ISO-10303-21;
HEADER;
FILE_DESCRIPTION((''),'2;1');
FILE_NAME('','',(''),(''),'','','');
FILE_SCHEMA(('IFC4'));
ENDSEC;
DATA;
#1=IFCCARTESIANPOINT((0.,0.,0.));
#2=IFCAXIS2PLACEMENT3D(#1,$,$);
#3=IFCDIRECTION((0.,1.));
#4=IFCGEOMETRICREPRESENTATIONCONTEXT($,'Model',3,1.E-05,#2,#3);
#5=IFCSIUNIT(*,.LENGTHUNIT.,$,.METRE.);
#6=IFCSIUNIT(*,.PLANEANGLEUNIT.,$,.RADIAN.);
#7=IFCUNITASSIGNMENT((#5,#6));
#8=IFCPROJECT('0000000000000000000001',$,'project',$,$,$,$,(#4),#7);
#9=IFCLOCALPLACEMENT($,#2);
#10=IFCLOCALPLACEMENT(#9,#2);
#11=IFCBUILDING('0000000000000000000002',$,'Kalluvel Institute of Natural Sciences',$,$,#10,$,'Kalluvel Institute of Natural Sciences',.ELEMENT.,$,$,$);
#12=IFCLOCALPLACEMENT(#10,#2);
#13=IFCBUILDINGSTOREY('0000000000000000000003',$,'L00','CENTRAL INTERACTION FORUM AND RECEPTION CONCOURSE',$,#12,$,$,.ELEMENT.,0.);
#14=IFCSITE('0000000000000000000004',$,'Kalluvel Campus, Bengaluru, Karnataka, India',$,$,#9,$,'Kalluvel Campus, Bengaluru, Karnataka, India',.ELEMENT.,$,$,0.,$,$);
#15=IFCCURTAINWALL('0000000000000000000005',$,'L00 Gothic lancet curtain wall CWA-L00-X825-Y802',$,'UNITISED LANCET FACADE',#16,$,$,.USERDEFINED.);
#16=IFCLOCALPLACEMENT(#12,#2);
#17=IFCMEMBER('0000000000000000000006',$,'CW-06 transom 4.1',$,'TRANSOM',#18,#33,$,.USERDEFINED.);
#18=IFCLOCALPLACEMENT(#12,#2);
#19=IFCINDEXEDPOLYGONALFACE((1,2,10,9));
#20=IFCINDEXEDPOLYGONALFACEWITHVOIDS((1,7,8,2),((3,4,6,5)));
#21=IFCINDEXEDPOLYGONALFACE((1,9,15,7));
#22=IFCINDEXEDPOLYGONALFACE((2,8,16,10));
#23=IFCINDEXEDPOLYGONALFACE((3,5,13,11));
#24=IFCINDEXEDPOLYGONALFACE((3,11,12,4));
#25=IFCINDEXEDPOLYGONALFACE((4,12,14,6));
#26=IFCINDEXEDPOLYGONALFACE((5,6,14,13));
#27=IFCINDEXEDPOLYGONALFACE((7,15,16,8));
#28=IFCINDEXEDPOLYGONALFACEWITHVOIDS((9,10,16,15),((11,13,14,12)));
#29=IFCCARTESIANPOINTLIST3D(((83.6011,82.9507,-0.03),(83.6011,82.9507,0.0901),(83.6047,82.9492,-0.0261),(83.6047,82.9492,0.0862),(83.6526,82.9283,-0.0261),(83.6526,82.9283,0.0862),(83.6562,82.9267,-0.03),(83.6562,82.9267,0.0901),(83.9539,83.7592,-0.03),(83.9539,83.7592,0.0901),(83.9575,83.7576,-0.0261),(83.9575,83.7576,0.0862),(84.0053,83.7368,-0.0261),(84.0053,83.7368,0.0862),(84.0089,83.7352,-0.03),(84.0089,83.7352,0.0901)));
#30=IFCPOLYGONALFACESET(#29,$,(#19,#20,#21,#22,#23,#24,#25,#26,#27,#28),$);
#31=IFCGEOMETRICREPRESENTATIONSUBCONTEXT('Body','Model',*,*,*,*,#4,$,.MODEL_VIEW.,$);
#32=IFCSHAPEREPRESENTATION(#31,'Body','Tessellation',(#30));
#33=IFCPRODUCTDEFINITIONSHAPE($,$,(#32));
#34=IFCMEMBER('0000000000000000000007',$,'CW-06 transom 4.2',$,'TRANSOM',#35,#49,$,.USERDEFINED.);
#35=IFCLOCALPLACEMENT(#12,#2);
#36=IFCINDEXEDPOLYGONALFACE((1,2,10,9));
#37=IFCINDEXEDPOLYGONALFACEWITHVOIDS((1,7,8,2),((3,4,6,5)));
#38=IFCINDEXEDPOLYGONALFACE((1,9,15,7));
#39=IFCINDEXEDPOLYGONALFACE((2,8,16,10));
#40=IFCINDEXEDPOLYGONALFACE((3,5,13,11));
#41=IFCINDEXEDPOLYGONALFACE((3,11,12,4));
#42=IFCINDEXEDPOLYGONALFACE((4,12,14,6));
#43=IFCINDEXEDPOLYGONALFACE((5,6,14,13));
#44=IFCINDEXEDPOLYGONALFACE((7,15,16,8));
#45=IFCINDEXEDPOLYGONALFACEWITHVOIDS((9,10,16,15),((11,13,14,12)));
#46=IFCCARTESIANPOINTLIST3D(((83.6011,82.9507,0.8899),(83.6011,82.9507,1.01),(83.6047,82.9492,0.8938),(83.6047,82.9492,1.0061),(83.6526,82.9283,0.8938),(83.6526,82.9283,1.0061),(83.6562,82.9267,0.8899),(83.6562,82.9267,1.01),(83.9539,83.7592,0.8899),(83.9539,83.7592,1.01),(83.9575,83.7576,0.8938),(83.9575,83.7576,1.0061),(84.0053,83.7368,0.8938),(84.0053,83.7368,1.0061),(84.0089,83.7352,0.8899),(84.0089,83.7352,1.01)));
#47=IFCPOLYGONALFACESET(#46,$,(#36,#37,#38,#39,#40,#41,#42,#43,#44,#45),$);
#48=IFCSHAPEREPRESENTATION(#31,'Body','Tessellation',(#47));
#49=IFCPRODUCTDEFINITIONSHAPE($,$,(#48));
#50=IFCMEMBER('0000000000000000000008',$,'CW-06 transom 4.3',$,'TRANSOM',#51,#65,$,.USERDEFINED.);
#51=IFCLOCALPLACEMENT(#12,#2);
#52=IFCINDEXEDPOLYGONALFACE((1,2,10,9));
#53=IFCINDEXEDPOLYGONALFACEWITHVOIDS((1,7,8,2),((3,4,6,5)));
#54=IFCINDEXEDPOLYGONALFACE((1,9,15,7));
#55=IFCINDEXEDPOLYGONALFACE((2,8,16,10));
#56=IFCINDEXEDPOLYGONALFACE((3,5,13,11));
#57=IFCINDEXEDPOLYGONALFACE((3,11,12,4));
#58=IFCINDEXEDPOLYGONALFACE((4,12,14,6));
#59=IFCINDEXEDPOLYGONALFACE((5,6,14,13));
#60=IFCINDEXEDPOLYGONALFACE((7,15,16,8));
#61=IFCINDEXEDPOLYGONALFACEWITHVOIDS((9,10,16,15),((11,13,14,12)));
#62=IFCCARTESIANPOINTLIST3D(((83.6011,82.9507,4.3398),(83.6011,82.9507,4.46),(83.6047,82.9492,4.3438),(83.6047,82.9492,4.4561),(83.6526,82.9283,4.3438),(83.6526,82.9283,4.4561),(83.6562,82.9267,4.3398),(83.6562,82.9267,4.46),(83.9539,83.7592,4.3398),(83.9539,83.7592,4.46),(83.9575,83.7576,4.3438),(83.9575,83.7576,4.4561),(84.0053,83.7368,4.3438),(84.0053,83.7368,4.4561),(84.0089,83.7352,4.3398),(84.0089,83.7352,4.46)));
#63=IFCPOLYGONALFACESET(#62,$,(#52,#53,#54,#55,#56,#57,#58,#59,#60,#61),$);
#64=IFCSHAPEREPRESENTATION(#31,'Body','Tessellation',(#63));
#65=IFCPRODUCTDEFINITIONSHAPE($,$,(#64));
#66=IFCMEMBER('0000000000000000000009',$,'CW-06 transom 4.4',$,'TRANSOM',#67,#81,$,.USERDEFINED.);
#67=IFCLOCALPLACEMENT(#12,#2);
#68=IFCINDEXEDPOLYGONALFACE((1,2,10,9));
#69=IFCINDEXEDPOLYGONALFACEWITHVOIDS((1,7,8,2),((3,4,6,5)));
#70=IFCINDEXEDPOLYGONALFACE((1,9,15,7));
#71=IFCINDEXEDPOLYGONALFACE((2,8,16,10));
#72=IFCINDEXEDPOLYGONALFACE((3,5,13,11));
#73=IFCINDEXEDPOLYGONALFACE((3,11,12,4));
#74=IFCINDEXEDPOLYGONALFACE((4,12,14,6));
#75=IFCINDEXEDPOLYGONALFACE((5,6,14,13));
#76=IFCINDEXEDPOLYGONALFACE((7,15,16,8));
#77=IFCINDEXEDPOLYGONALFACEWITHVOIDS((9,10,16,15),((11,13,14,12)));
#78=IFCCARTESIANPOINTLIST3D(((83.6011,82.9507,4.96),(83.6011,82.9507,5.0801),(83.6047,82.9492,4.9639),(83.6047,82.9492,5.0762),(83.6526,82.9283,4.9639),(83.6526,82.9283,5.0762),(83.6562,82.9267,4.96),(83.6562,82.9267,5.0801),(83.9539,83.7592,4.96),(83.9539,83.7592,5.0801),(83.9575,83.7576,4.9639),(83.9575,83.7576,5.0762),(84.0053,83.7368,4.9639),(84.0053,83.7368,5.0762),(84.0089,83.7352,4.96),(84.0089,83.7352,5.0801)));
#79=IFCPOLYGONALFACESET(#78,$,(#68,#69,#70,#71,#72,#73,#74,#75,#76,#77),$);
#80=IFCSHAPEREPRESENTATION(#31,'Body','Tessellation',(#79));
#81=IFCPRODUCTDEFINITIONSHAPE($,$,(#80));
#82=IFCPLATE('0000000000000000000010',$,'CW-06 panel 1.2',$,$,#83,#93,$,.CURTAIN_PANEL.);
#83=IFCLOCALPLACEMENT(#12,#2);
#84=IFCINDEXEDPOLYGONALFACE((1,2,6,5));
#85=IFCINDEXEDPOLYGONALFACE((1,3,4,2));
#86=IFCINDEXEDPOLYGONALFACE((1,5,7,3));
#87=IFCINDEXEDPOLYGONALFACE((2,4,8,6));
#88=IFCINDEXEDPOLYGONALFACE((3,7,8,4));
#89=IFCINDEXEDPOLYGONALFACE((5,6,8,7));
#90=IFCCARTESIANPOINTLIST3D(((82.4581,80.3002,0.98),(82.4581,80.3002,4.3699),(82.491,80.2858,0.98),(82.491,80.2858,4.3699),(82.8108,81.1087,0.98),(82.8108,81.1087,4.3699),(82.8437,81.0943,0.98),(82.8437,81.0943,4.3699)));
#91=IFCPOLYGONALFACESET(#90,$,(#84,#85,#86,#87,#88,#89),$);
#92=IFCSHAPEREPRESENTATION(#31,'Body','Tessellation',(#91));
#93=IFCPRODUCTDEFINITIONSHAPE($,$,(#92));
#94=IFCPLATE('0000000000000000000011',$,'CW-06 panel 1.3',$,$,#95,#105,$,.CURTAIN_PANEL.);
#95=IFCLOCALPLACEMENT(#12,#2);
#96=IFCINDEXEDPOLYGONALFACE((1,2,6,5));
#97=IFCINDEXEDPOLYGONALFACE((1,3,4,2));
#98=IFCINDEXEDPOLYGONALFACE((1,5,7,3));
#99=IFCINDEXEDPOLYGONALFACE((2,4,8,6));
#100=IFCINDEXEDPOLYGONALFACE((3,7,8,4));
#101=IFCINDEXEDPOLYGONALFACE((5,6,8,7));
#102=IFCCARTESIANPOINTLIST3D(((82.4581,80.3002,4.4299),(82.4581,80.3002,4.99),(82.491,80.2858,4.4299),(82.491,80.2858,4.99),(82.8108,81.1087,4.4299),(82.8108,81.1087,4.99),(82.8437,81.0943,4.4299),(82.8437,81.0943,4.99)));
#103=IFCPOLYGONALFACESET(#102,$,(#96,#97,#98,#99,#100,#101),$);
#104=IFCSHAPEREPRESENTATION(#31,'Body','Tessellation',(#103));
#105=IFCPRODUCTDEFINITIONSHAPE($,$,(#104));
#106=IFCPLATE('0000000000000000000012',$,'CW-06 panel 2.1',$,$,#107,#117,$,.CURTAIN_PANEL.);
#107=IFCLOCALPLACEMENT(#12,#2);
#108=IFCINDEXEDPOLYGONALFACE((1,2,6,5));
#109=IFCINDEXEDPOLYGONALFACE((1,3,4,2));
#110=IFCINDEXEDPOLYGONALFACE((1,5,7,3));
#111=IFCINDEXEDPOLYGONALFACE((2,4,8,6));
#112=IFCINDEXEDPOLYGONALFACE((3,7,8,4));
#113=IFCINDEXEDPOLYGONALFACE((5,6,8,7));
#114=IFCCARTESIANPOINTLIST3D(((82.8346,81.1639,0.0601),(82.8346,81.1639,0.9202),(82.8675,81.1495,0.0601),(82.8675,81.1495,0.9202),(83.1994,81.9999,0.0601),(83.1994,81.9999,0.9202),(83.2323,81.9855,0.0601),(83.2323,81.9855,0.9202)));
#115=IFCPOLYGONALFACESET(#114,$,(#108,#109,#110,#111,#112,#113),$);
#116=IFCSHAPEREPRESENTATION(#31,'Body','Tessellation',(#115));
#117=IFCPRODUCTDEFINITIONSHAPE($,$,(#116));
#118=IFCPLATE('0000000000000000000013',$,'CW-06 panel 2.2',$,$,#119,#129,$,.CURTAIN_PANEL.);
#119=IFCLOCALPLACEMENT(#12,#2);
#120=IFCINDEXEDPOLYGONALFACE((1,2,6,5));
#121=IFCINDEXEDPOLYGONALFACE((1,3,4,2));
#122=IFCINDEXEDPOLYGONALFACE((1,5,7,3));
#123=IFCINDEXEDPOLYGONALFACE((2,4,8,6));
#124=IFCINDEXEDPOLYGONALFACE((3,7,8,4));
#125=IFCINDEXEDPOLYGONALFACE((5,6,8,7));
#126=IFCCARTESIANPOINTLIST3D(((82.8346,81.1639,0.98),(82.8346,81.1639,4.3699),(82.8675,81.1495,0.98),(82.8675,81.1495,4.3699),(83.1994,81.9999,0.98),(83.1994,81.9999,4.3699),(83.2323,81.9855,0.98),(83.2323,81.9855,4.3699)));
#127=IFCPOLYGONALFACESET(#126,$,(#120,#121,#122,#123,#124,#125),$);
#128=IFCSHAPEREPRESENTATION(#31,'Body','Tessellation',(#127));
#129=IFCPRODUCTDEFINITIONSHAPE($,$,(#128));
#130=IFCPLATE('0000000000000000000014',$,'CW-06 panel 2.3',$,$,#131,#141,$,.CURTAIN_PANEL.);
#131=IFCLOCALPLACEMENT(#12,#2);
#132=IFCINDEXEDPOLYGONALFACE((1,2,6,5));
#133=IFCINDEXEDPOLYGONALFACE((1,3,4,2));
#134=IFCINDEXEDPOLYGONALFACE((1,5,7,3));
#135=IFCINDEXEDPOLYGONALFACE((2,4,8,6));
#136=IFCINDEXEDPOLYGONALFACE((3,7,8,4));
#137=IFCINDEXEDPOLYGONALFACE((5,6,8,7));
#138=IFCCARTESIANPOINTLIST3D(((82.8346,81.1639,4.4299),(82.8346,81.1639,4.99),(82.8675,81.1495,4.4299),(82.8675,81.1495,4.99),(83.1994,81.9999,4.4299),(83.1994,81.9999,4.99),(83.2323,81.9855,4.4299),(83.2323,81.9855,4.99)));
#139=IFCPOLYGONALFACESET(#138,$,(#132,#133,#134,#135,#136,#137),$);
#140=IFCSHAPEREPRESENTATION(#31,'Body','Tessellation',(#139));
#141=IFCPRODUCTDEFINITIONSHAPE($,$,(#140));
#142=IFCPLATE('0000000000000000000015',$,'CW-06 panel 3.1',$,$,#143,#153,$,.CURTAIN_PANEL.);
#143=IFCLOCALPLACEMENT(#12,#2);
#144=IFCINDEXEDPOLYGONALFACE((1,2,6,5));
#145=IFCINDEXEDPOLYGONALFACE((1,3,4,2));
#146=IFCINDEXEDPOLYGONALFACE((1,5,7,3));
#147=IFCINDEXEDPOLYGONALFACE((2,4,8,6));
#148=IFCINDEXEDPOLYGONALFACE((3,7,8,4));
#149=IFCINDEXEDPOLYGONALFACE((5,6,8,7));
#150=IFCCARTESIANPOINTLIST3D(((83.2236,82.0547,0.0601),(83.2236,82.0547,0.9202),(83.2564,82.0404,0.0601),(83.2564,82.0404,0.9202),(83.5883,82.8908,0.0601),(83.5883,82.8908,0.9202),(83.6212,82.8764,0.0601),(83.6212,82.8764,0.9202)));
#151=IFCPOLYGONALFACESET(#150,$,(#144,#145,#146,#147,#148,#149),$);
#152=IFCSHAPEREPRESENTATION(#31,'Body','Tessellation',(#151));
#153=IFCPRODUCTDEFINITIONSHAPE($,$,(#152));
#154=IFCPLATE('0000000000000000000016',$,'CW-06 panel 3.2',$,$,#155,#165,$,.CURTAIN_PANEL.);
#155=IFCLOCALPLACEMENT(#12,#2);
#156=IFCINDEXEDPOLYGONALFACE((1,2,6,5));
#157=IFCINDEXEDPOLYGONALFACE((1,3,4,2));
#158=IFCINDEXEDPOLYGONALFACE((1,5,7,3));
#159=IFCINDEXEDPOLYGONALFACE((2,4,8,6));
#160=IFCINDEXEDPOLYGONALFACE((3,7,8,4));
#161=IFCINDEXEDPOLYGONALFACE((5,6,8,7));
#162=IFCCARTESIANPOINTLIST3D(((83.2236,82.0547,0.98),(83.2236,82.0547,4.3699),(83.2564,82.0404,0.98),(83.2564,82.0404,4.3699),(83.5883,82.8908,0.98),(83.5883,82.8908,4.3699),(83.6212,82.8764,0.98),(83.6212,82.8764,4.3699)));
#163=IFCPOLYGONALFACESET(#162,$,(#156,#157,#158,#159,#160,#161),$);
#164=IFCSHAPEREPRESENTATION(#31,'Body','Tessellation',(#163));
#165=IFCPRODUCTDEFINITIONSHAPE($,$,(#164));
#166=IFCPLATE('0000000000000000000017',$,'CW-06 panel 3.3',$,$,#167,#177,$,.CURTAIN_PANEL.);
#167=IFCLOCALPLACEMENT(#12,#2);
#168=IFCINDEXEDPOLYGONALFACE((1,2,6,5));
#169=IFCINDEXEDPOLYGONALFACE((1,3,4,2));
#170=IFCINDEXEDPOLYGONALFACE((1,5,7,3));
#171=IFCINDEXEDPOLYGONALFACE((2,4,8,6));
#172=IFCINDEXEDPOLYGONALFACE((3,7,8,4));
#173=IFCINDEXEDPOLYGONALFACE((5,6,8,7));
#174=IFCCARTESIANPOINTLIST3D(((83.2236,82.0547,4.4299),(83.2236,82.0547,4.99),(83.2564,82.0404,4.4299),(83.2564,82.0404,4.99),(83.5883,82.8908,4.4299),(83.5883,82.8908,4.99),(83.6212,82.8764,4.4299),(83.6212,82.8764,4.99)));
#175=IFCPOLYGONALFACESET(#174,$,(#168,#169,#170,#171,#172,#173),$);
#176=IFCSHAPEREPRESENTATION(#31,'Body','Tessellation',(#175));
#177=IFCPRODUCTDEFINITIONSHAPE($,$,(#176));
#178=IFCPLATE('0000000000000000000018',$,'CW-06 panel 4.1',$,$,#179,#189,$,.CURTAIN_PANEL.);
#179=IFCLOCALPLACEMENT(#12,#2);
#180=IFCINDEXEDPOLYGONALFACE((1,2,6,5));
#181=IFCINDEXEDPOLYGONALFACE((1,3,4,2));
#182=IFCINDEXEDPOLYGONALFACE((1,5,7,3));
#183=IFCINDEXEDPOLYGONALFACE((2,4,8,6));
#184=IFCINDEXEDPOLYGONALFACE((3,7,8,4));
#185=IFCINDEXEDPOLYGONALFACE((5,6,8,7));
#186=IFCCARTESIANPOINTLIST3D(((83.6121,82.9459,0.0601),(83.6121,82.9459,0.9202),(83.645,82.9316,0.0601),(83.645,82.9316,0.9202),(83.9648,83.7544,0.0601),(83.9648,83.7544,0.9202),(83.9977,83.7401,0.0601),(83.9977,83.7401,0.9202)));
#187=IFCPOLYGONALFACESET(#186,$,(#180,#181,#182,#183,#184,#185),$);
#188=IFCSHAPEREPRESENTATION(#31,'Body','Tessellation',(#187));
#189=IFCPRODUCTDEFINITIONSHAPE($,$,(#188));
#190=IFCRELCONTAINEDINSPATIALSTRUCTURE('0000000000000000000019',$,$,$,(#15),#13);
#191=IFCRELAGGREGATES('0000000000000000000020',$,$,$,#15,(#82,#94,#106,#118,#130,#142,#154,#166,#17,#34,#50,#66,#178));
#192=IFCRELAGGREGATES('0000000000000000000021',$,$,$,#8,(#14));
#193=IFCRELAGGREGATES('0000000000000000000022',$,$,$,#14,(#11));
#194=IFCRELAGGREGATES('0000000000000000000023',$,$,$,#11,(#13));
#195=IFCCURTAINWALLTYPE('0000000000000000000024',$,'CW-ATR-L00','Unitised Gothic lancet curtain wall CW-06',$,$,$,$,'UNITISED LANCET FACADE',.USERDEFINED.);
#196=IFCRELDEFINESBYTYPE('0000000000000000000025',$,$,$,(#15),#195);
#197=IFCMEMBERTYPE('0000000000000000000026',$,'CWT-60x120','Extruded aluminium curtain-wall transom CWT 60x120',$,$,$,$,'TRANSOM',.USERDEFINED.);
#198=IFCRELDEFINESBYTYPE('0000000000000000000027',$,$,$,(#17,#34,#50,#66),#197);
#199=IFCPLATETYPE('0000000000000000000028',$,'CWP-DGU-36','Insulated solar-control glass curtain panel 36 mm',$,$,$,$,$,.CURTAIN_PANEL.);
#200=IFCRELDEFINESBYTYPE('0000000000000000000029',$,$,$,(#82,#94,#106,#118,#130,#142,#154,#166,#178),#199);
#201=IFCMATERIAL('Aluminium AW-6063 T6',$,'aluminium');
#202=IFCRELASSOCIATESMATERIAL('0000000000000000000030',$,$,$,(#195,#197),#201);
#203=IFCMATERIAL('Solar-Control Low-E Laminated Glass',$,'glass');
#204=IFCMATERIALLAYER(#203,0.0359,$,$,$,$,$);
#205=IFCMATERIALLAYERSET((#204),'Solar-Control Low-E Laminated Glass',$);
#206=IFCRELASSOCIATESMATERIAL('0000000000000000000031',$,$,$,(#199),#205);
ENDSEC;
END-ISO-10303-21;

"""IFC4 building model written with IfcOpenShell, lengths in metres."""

from ifc_helpers import new_model, si_unit, direction, frame, origin, origin_2d, place, context, subcontext, project, spatial, rectangle, hollow_rectangle, extrude, material, layer, layer_set, material_profile, profile_set, type_object, element, aggregate, save


model = new_model("IFC4")

# Units and contexts
model_context = context("Model", 3, precision=1e-05, world=origin(), true_north=direction((0.0, 1.0)))
body_context = subcontext(model_context, "Body", "Model", "MODEL_VIEW")
ifc_project = project(units=[si_unit("LENGTHUNIT", "METRE"), si_unit("PLANEANGLEUNIT", "RADIAN")], contexts=[model_context])

# Site, building, storey
site_placement = place(None, origin())
site = spatial("IfcSite", under=ifc_project, at=site_placement, Name="Kalluvel Campus, Bengaluru, Karnataka, India", LongName="Kalluvel Campus, Bengaluru, Karnataka, India", CompositionType="ELEMENT", RefElevation=0.0)
building_placement = place(site_placement, origin())
building = spatial("IfcBuilding", under=site, at=building_placement, Name="Kalluvel Institute of Natural Sciences", LongName="Kalluvel Institute of Natural Sciences", CompositionType="ELEMENT")
storey_placement = place(building_placement, origin())
storey = spatial("IfcBuildingStorey", under=building, at=storey_placement, Name="L00", Description="CENTRAL INTERACTION FORUM AND RECEPTION CONCOURSE", CompositionType="ELEMENT", Elevation=0.0)

# Curtain wall, members, plates
ifc_material_1 = material(Name="Aluminium AW-6063 T6", Category="aluminium")
curtain_wall_type = type_object("IfcCurtainWallType", Name="CW-ATR-L00", Description="Unitised Gothic lancet curtain wall CW-06", ElementType="UNITISED LANCET FACADE", PredefinedType="USERDEFINED", material=ifc_material_1)
curtain_wall_placement = place(storey_placement, origin())
curtain_wall = element("IfcCurtainWall", 1, at=curtain_wall_placement, inside=storey, type_object=curtain_wall_type, Name="L00 Gothic lancet curtain wall CWA-L00-X825-Y802", ObjectType="UNITISED LANCET FACADE", PredefinedType="USERDEFINED")
ifc_material_profile_1 = material_profile(ifc_material_1, hollow_rectangle(XDim=0.0601, YDim=0.1201, WallThickness=0.0039, at=origin_2d()), Name="CWT 60x120")
ifc_profile_set_1 = profile_set([ifc_material_profile_1], Name="Aluminium AW-6063 T6")
member_type_1 = type_object("IfcMemberType", Name="CWT-60x120", Description="Extruded aluminium curtain-wall transom CWT 60x120", ElementType="TRANSOM", PredefinedType="USERDEFINED", material=ifc_profile_set_1)
member_1_placement = place(storey_placement, frame((83.6287, 82.9387, 0.03), z_axis=(0.39989, 0.916563, 0.0), x_axis=(-0.916563, 0.39989, 0.0)))
member_1 = element("IfcMember", 2, at=member_1_placement, type_object=member_type_1, Name="CW-06 transom 4.1", ObjectType="TRANSOM", PredefinedType="USERDEFINED", context=body_context, shape_type="SweptSolid", body=[
    extrude(hollow_rectangle(XDim=0.0601, YDim=0.1201, WallThickness=0.0039, at=origin_2d()), origin(), (0.0, 0.0, 1.0), 0.8821),
])
member_2_placement = place(storey_placement, frame((83.6287, 82.9387, 0.95), z_axis=(0.39989, 0.916563, 0.0), x_axis=(-0.916563, 0.39989, 0.0)))
member_2 = element("IfcMember", 3, at=member_2_placement, type_object=member_type_1, Name="CW-06 transom 4.2", ObjectType="TRANSOM", PredefinedType="USERDEFINED", context=body_context, shape_type="SweptSolid", body=[
    extrude(hollow_rectangle(XDim=0.0601, YDim=0.1201, WallThickness=0.0039, at=origin_2d()), origin(), (0.0, 0.0, 1.0), 0.8821),
])
member_3_placement = place(storey_placement, frame((83.6287, 82.9387, 4.3999), z_axis=(0.39989, 0.916563, 0.0), x_axis=(-0.916563, 0.39989, 0.0)))
member_3 = element("IfcMember", 4, at=member_3_placement, type_object=member_type_1, Name="CW-06 transom 4.3", ObjectType="TRANSOM", PredefinedType="USERDEFINED", context=body_context, shape_type="SweptSolid", body=[
    extrude(hollow_rectangle(XDim=0.0601, YDim=0.1201, WallThickness=0.0039, at=origin_2d()), origin(), (0.0, 0.0, 1.0), 0.8821),
])
member_4_placement = place(storey_placement, frame((83.6287, 82.9387, 5.02), z_axis=(0.39989, 0.916563, 0.0), x_axis=(-0.916563, 0.39989, 0.0)))
member_4 = element("IfcMember", 5, at=member_4_placement, type_object=member_type_1, Name="CW-06 transom 4.4", ObjectType="TRANSOM", PredefinedType="USERDEFINED", context=body_context, shape_type="SweptSolid", body=[
    extrude(hollow_rectangle(XDim=0.0601, YDim=0.1201, WallThickness=0.0039, at=origin_2d()), origin(), (0.0, 0.0, 1.0), 0.8821),
])
ifc_material_2 = material(Name="Solar-Control Low-E Laminated Glass", Category="glass")
ifc_layer = layer(ifc_material_2, 0.0359)
ifc_layer_set = layer_set([ifc_layer], Name="Solar-Control Low-E Laminated Glass")
plate_type = type_object("IfcPlateType", Name="CWP-DGU-36", Description="Insulated solar-control glass curtain panel 36 mm", PredefinedType="CURTAIN_PANEL", material=ifc_layer_set)
plate_1_placement = place(storey_placement, frame((82.6509, 80.6973, 0.98), z_axis=(0.0, 0.0, 1.0), x_axis=(0.399873, 0.916571, 0.0)))
plate_1 = element("IfcPlate", 6, at=plate_1_placement, type_object=plate_type, Name="CW-06 panel 1.2", PredefinedType="CURTAIN_PANEL", context=body_context, shape_type="SweptSolid", body=[
    extrude(rectangle(XDim=0.8821, YDim=0.0359, at=origin_2d()), origin(), (0.0, 0.0, 1.0), 3.3899),
])
plate_2_placement = place(storey_placement, frame((82.6509, 80.6973, 4.4299), z_axis=(0.0, 0.0, 1.0), x_axis=(0.399873, 0.916571, 0.0)))
plate_2 = element("IfcPlate", 7, at=plate_2_placement, type_object=plate_type, Name="CW-06 panel 1.3", PredefinedType="CURTAIN_PANEL", context=body_context, shape_type="SweptSolid", body=[
    extrude(rectangle(XDim=0.8821, YDim=0.0359, at=origin_2d()), origin(), (0.0, 0.0, 1.0), 0.5601),
])
plate_3_placement = place(storey_placement, frame((83.0334, 81.5747, 0.0601), z_axis=(0.0, 0.0, 1.0), x_axis=(0.399873, 0.916571, 0.0)))
plate_3 = element("IfcPlate", 8, at=plate_3_placement, type_object=plate_type, Name="CW-06 panel 2.1", PredefinedType="CURTAIN_PANEL", context=body_context, shape_type="SweptSolid", body=[
    extrude(rectangle(XDim=0.9121, YDim=0.0359, at=origin_2d()), origin(), (0.0, 0.0, 1.0), 0.8601),
])
plate_4_placement = place(storey_placement, frame((83.0334, 81.5747, 0.98), z_axis=(0.0, 0.0, 1.0), x_axis=(0.399873, 0.916571, 0.0)))
plate_4 = element("IfcPlate", 9, at=plate_4_placement, type_object=plate_type, Name="CW-06 panel 2.2", PredefinedType="CURTAIN_PANEL", context=body_context, shape_type="SweptSolid", body=[
    extrude(rectangle(XDim=0.9121, YDim=0.0359, at=origin_2d()), origin(), (0.0, 0.0, 1.0), 3.3899),
])
plate_5_placement = place(storey_placement, frame((83.0334, 81.5747, 4.4299), z_axis=(0.0, 0.0, 1.0), x_axis=(0.399873, 0.916571, 0.0)))
plate_5 = element("IfcPlate", 10, at=plate_5_placement, type_object=plate_type, Name="CW-06 panel 2.3", PredefinedType="CURTAIN_PANEL", context=body_context, shape_type="SweptSolid", body=[
    extrude(rectangle(XDim=0.9121, YDim=0.0359, at=origin_2d()), origin(), (0.0, 0.0, 1.0), 0.5601),
])
plate_6_placement = place(storey_placement, frame((83.4224, 82.4656, 0.0601), z_axis=(0.0, 0.0, 1.0), x_axis=(0.399873, 0.916571, 0.0)))
plate_6 = element("IfcPlate", 11, at=plate_6_placement, type_object=plate_type, Name="CW-06 panel 3.1", PredefinedType="CURTAIN_PANEL", context=body_context, shape_type="SweptSolid", body=[
    extrude(rectangle(XDim=0.9121, YDim=0.0359, at=origin_2d()), origin(), (0.0, 0.0, 1.0), 0.8601),
])
plate_7_placement = place(storey_placement, frame((83.4224, 82.4656, 0.98), z_axis=(0.0, 0.0, 1.0), x_axis=(0.399873, 0.916571, 0.0)))
plate_7 = element("IfcPlate", 12, at=plate_7_placement, type_object=plate_type, Name="CW-06 panel 3.2", PredefinedType="CURTAIN_PANEL", context=body_context, shape_type="SweptSolid", body=[
    extrude(rectangle(XDim=0.9121, YDim=0.0359, at=origin_2d()), origin(), (0.0, 0.0, 1.0), 3.3899),
])
plate_8_placement = place(storey_placement, frame((83.4224, 82.4656, 4.4299), z_axis=(0.0, 0.0, 1.0), x_axis=(0.399873, 0.916571, 0.0)))
plate_8 = element("IfcPlate", 13, at=plate_8_placement, type_object=plate_type, Name="CW-06 panel 3.3", PredefinedType="CURTAIN_PANEL", context=body_context, shape_type="SweptSolid", body=[
    extrude(rectangle(XDim=0.9121, YDim=0.0359, at=origin_2d()), origin(), (0.0, 0.0, 1.0), 0.5601),
])
plate_9_placement = place(storey_placement, frame((83.8049, 83.343, 0.0601), z_axis=(0.0, 0.0, 1.0), x_axis=(0.399873, 0.916571, 0.0)))
plate_9 = element("IfcPlate", 14, at=plate_9_placement, type_object=plate_type, Name="CW-06 panel 4.1", PredefinedType="CURTAIN_PANEL", context=body_context, shape_type="SweptSolid", body=[
    extrude(rectangle(XDim=0.8821, YDim=0.0359, at=origin_2d()), origin(), (0.0, 0.0, 1.0), 0.8601),
])
aggregate(curtain_wall, [plate_1, plate_2, plate_3, plate_4, plate_5, plate_6, plate_7, plate_8, member_1, member_2, member_3, member_4, plate_9])

save(model, "model.ifc")
